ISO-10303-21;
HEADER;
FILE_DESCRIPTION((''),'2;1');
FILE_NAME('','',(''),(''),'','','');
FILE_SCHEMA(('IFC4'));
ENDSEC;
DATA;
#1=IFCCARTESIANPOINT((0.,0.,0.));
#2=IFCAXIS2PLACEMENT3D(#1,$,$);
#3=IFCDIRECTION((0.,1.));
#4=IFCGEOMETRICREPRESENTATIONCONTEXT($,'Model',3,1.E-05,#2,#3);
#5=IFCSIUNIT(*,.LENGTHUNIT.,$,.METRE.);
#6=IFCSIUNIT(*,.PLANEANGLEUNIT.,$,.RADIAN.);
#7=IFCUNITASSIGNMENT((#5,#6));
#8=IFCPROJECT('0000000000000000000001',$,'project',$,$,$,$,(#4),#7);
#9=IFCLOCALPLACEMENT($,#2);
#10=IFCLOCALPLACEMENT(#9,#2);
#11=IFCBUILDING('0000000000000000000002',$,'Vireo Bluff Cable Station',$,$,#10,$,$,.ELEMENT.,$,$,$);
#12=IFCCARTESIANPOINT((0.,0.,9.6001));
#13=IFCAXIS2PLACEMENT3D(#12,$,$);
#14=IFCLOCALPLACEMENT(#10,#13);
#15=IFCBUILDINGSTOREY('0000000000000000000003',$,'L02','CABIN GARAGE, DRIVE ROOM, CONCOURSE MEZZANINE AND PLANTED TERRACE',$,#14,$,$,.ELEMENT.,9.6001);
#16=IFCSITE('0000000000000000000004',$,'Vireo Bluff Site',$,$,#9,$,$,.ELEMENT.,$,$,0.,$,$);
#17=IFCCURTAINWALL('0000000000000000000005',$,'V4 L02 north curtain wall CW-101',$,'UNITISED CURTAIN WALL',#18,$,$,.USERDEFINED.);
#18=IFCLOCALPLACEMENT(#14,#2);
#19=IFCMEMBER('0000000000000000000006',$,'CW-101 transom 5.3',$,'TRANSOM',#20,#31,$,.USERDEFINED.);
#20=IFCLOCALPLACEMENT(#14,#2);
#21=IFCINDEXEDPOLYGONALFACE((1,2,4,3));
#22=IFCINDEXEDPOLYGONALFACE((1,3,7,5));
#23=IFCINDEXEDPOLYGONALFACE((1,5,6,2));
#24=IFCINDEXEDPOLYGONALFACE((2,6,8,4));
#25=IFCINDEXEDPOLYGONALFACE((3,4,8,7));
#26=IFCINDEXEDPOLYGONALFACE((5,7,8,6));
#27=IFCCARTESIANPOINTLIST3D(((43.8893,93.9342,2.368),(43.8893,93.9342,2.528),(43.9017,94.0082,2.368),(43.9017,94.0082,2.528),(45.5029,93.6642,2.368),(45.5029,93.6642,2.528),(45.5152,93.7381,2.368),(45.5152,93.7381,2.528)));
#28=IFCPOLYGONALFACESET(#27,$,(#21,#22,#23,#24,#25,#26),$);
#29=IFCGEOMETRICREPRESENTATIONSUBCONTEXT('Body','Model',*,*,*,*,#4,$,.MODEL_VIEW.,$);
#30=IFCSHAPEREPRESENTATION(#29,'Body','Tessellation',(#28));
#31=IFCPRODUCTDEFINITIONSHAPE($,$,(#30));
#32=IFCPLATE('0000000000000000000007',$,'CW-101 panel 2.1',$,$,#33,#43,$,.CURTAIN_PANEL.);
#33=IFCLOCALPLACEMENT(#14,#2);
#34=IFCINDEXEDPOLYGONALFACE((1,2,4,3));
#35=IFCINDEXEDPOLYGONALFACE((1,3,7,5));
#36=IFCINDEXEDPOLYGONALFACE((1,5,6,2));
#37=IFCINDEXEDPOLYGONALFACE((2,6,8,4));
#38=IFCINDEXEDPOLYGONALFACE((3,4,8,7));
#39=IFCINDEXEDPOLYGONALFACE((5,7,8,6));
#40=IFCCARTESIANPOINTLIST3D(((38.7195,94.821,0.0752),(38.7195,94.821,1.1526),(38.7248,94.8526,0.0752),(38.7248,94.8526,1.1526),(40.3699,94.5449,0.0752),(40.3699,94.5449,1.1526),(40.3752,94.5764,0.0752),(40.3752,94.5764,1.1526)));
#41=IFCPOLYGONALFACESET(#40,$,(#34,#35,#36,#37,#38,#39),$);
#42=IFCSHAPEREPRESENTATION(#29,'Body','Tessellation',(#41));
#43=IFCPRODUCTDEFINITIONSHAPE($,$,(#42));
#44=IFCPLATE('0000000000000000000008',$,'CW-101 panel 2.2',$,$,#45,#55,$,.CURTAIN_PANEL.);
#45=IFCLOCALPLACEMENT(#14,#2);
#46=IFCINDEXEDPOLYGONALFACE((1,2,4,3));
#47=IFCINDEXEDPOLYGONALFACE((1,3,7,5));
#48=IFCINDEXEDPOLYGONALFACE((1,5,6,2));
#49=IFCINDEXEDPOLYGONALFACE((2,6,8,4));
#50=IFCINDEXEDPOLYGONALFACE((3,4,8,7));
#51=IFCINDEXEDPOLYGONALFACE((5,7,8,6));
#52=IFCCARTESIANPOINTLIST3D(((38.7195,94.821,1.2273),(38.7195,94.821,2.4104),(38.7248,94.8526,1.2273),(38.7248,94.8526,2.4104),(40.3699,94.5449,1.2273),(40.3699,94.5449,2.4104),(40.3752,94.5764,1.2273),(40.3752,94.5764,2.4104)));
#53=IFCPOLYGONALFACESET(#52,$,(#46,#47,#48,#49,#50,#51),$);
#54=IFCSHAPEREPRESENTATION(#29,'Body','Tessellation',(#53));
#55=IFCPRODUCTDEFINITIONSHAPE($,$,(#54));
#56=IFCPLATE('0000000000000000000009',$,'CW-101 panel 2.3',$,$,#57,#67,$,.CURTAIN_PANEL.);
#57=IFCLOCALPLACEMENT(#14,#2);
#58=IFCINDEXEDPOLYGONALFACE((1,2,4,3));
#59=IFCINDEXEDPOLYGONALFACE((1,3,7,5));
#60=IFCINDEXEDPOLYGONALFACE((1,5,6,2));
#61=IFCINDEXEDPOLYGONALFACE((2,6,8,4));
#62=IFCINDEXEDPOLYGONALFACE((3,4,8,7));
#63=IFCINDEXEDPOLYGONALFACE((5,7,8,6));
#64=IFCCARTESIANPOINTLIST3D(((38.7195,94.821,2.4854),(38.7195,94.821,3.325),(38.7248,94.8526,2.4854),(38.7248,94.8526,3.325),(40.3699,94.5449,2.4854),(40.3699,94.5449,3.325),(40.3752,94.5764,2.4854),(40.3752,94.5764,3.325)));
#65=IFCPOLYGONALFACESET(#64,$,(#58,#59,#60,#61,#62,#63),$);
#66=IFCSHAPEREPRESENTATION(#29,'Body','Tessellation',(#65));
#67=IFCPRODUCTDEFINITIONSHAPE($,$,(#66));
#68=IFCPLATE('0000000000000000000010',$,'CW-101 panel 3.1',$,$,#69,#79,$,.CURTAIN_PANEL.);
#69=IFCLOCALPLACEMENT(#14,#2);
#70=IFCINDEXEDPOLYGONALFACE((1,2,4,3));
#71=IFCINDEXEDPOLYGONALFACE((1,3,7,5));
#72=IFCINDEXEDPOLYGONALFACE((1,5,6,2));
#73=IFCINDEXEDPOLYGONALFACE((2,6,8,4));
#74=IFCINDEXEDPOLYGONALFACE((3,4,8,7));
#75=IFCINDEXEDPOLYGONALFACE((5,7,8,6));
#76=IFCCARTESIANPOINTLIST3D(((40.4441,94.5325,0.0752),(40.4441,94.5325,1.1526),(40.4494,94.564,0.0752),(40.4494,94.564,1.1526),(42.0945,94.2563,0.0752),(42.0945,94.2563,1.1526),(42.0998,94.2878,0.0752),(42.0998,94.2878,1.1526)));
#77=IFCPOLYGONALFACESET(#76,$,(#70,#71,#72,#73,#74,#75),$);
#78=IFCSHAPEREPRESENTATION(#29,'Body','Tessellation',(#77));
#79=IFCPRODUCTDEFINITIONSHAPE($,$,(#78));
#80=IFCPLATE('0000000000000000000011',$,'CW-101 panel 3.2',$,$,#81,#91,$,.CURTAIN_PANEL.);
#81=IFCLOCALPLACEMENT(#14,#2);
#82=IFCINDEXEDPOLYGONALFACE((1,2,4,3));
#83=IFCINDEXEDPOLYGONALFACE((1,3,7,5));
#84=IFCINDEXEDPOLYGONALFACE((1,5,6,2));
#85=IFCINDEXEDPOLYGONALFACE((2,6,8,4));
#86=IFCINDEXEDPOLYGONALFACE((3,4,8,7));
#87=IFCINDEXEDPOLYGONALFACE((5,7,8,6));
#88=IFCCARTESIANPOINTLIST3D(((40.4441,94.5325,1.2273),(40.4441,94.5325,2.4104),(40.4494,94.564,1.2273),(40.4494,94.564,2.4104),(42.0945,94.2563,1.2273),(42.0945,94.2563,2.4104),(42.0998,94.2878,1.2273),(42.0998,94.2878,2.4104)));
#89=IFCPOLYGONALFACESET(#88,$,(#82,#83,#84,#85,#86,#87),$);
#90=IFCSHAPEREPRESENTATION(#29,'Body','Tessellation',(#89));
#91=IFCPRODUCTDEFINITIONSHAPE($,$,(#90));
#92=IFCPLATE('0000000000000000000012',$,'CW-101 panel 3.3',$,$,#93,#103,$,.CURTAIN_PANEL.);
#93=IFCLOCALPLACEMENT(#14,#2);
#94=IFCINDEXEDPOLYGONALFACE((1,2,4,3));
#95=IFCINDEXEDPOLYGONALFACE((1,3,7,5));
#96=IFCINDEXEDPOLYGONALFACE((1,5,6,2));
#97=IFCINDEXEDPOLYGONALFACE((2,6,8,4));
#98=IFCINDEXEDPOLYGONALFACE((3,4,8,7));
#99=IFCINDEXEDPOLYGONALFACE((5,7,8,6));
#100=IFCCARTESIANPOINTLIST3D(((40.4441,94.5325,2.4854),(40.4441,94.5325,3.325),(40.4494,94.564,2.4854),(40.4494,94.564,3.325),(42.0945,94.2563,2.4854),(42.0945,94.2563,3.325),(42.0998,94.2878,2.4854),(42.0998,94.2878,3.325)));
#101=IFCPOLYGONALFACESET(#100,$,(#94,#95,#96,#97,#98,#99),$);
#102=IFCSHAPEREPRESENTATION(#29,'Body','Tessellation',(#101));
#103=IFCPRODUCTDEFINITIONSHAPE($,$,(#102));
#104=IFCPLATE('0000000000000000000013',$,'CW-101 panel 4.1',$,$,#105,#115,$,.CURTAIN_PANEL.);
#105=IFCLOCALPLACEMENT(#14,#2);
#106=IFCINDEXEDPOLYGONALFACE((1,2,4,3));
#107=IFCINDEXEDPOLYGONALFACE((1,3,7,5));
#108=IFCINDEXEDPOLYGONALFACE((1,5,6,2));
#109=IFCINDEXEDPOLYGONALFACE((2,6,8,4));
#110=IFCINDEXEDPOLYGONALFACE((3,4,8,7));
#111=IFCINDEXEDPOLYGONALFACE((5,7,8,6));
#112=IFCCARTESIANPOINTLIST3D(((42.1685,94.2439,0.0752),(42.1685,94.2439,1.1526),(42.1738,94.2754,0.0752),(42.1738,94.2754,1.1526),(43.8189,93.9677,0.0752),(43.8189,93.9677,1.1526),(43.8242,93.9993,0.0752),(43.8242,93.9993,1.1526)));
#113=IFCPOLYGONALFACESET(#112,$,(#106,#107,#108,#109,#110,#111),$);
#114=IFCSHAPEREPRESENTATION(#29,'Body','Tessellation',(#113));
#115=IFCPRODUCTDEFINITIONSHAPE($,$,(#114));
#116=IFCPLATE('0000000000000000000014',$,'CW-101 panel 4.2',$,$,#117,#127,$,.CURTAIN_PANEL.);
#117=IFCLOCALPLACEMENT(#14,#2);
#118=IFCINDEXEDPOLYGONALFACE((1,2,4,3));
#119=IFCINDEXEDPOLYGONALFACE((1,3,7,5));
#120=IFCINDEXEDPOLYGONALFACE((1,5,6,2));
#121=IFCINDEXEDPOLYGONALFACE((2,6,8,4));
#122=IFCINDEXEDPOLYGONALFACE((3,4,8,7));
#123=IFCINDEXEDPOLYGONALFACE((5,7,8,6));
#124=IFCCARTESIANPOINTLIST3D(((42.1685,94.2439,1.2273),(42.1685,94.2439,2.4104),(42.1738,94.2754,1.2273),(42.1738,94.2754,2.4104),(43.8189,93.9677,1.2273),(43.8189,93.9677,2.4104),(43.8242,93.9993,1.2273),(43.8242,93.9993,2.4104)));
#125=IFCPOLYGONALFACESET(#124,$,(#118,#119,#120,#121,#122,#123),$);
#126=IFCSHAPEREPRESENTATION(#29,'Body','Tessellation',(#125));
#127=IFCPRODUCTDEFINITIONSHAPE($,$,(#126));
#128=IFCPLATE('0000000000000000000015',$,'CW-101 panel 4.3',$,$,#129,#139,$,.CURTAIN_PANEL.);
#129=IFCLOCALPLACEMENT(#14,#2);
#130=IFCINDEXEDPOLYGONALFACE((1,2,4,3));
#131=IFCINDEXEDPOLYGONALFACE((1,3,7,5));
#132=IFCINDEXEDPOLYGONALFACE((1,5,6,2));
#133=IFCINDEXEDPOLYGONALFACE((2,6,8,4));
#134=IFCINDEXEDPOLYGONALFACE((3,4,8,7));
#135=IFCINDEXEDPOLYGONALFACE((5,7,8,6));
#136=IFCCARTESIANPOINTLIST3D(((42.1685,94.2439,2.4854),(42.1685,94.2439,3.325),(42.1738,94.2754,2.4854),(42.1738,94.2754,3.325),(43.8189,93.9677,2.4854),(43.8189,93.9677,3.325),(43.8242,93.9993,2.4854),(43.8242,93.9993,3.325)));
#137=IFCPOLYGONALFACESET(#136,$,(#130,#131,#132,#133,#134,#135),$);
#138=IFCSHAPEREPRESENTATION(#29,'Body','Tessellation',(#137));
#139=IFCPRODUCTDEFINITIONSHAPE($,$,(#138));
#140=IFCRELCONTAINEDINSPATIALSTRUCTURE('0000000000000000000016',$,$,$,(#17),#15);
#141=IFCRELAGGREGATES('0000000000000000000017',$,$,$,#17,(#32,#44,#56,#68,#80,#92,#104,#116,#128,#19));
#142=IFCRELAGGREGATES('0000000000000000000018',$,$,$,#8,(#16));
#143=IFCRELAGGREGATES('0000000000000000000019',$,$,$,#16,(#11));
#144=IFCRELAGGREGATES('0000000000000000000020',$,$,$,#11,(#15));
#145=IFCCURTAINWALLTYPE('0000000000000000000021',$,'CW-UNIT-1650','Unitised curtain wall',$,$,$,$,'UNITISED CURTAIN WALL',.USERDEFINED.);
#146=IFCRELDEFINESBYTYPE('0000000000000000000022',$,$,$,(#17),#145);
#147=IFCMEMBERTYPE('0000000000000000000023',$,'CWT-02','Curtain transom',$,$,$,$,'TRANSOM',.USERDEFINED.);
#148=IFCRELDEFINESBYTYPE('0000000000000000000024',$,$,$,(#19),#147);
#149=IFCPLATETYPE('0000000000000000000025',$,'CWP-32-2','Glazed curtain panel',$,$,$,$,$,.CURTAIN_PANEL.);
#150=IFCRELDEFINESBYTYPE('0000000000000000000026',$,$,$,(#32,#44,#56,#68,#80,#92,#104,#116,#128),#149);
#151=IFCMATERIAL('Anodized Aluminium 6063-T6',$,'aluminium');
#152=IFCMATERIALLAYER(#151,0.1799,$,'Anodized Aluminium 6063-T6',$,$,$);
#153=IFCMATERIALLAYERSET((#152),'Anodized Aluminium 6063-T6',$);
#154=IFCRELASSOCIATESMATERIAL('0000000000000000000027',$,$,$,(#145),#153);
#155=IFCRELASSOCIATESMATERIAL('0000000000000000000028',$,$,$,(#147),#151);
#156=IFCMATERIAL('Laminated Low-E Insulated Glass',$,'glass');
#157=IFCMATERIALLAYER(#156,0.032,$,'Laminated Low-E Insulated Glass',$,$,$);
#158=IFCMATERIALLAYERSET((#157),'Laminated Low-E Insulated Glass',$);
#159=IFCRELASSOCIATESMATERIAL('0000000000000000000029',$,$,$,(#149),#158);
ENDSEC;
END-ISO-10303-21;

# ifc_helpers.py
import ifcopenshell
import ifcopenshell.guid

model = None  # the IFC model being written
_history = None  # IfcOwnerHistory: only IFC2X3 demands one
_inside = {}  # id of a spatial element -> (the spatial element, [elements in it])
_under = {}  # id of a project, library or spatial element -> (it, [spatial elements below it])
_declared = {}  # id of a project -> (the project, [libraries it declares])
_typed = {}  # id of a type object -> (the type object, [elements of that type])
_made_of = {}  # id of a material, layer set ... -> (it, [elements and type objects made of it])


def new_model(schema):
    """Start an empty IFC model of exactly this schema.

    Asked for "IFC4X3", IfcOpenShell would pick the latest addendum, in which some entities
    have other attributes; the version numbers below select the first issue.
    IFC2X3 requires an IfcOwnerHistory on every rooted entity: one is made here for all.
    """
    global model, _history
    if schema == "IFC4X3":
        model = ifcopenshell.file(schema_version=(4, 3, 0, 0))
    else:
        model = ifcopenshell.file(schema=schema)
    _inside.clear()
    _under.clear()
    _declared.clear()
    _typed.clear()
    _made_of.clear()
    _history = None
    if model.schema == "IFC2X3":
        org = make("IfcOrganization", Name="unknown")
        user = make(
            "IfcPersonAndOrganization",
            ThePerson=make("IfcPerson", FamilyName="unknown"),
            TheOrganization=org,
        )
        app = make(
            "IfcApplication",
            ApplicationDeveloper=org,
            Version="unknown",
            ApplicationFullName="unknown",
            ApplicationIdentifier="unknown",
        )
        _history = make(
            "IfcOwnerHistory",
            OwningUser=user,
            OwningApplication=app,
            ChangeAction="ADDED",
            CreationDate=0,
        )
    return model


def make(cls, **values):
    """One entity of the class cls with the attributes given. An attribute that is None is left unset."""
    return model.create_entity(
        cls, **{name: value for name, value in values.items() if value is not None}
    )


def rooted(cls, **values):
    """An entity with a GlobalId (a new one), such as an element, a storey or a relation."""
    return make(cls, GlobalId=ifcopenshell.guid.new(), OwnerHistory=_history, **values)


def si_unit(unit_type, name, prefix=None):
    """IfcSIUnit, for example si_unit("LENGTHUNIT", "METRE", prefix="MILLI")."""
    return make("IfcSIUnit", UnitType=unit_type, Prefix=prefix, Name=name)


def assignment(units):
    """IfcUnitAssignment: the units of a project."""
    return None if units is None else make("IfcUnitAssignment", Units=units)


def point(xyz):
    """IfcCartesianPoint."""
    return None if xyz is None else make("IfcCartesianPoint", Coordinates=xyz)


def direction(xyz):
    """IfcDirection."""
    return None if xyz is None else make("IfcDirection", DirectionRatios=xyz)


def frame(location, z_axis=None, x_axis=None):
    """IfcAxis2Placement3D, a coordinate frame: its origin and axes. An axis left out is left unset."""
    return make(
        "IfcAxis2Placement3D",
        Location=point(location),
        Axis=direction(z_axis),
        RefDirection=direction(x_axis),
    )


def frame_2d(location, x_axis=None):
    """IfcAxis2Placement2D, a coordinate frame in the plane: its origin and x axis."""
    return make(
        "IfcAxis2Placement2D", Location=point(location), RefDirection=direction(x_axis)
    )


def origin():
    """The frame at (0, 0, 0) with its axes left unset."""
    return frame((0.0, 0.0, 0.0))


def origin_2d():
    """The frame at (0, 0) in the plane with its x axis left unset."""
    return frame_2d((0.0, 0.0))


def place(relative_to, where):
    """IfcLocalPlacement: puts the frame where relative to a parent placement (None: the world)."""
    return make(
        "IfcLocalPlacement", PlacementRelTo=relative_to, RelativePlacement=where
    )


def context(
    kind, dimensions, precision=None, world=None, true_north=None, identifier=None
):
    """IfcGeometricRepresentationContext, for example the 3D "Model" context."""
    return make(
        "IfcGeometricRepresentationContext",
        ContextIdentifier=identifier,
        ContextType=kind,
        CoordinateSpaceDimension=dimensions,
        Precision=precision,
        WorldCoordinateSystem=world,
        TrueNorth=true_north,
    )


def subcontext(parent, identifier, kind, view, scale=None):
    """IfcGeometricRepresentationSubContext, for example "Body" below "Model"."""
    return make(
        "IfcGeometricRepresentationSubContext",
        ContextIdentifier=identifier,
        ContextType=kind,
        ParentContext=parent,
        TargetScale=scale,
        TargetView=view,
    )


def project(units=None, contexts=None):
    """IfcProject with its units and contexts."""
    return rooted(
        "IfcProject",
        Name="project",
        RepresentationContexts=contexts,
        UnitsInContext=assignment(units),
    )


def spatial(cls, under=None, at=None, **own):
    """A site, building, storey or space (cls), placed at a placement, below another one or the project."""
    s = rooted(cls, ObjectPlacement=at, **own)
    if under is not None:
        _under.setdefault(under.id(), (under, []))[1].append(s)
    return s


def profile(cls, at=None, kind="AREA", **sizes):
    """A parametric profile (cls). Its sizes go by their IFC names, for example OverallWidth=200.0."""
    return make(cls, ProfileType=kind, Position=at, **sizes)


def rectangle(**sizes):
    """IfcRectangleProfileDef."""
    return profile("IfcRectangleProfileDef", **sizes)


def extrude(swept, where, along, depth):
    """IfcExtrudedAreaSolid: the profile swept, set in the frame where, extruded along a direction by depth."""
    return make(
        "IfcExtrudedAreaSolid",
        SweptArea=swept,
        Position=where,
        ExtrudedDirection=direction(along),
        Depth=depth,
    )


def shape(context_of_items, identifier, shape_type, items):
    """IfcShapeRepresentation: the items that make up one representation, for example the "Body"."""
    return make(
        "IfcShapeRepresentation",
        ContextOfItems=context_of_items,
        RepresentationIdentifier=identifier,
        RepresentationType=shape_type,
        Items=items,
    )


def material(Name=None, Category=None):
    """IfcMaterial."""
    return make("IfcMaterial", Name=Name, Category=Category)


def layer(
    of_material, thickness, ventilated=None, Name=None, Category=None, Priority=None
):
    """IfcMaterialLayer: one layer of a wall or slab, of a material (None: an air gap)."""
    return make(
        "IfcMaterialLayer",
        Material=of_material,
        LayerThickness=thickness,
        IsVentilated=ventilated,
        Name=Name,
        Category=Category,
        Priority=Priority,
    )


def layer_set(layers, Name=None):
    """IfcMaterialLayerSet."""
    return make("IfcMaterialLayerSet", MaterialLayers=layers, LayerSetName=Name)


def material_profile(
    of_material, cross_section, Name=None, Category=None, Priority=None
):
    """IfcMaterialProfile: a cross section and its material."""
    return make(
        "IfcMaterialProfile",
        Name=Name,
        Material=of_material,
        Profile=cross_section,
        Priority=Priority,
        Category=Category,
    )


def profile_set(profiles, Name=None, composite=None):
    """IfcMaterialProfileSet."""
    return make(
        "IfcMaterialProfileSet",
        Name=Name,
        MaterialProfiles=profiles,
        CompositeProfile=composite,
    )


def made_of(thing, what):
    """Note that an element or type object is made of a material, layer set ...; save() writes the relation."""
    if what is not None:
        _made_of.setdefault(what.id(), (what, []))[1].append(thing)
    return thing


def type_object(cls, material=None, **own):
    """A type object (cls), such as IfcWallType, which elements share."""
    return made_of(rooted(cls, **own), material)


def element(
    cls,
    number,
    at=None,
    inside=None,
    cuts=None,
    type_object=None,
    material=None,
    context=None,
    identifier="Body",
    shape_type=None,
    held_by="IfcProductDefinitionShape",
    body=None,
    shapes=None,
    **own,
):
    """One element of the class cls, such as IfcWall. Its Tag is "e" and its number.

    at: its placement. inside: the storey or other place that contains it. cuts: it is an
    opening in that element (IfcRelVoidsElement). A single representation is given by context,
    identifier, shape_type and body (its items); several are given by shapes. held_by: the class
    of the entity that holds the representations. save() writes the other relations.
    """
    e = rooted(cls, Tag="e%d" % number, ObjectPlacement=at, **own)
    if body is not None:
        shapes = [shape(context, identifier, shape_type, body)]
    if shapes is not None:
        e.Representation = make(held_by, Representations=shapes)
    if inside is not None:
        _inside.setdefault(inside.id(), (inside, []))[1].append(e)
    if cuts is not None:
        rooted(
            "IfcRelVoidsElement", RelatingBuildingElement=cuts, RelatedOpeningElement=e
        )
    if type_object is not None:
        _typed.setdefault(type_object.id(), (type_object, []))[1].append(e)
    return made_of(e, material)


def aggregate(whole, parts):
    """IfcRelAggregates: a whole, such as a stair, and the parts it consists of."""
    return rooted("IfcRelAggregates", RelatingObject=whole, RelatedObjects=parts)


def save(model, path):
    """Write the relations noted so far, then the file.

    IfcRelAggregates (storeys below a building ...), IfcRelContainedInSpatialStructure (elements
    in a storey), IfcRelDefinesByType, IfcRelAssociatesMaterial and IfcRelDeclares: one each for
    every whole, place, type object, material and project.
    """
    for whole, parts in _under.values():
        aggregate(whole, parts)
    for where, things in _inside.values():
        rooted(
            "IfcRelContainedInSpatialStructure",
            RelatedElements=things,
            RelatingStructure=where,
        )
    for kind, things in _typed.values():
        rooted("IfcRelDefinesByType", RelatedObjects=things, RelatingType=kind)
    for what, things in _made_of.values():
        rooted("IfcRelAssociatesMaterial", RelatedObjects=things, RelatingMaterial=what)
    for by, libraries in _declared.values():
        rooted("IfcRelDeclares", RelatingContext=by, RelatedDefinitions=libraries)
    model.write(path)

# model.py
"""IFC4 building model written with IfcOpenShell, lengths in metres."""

from ifc_helpers import new_model, si_unit, direction, frame, origin, origin_2d, place, context, subcontext, project, spatial, rectangle, extrude, material, layer, layer_set, material_profile, profile_set, type_object, element, aggregate, save


model = new_model("IFC4")

# Units and contexts
model_context = context("Model", 3, precision=1e-05, world=origin(), true_north=direction((0.0, 1.0)))
body_context = subcontext(model_context, "Body", "Model", "MODEL_VIEW")
ifc_project = project(units=[si_unit("LENGTHUNIT", "METRE"), si_unit("PLANEANGLEUNIT", "RADIAN")], contexts=[model_context])

# Site, building, storey
site_placement = place(None, origin())
site = spatial("IfcSite", under=ifc_project, at=site_placement, Name="Vireo Bluff Site", CompositionType="ELEMENT", RefElevation=0.0)
building_placement = place(site_placement, origin())
building = spatial("IfcBuilding", under=site, at=building_placement, Name="Vireo Bluff Cable Station", CompositionType="ELEMENT")
storey_placement = place(building_placement, frame((0.0, 0.0, 9.6001)))
storey = spatial("IfcBuildingStorey", under=building, at=storey_placement, Name="L02", Description="CABIN GARAGE, DRIVE ROOM, CONCOURSE MEZZANINE AND PLANTED TERRACE", CompositionType="ELEMENT", Elevation=9.6001)

# Curtain wall, member, plates
ifc_material_1 = material(Name="Anodized Aluminium 6063-T6", Category="aluminium")
ifc_layer_1 = layer(ifc_material_1, 0.1799, Name="Anodized Aluminium 6063-T6")
ifc_layer_set_1 = layer_set([ifc_layer_1], Name="Anodized Aluminium 6063-T6")
curtain_wall_type = type_object("IfcCurtainWallType", Name="CW-UNIT-1650", Description="Unitised curtain wall", ElementType="UNITISED CURTAIN WALL", PredefinedType="USERDEFINED", material=ifc_layer_set_1)
curtain_wall_placement = place(storey_placement, origin())
curtain_wall = element("IfcCurtainWall", 1, at=curtain_wall_placement, inside=storey, type_object=curtain_wall_type, Name="V4 L02 north curtain wall CW-101", ObjectType="UNITISED CURTAIN WALL", PredefinedType="USERDEFINED")
ifc_material_profile_1 = material_profile(ifc_material_1, rectangle(XDim=0.075, YDim=0.1599, at=origin_2d()), Name="ALU-T-75X160")
ifc_profile_set_1 = profile_set([ifc_material_profile_1], Name="Anodized Aluminium 6063-T6")
member_type_1 = type_object("IfcMemberType", Name="CWT-02", Description="Curtain transom", ElementType="TRANSOM", PredefinedType="USERDEFINED", material=ifc_profile_set_1)
member_1_placement = place(storey_placement, frame((43.8955, 93.9712, 2.448), z_axis=(0.986285, -0.165052, 0.0), x_axis=(0.165052, 0.986285, 0.0)))
member_1 = element("IfcMember", 2, at=member_1_placement, type_object=member_type_1, Name="CW-101 transom 5.3", ObjectType="TRANSOM", PredefinedType="USERDEFINED", context=body_context, shape_type="SweptSolid", body=[
    extrude(rectangle(XDim=0.075, YDim=0.1599, at=origin_2d()), origin(), (0.0, 0.0, 1.0), 1.636),
])
ifc_material_2 = material(Name="Laminated Low-E Insulated Glass", Category="glass")
ifc_layer_2 = layer(ifc_material_2, 0.032, Name="Laminated Low-E Insulated Glass")
ifc_layer_set_2 = layer_set([ifc_layer_2], Name="Laminated Low-E Insulated Glass")
plate_type = type_object("IfcPlateType", Name="CWP-32-2", Description="Glazed curtain panel", PredefinedType="CURTAIN_PANEL", material=ifc_layer_set_2)
plate_1_placement = place(storey_placement, frame((39.5474, 94.6987, 0.0752), z_axis=(0.0, 0.0, 1.0), x_axis=(0.986286, -0.165048, 0.0)))
plate_1 = element("IfcPlate", 3, at=plate_1_placement, type_object=plate_type, Name="CW-101 panel 2.1", PredefinedType="CURTAIN_PANEL", context=body_context, shape_type="SweptSolid", body=[
    extrude(rectangle(XDim=1.6733, YDim=0.032, at=origin_2d()), origin(), (0.0, 0.0, 1.0), 1.0774),
])
plate_2_placement = place(storey_placement, frame((39.5474, 94.6987, 1.2273), z_axis=(0.0, 0.0, 1.0), x_axis=(0.986286, -0.165048, 0.0)))
plate_2 = element("IfcPlate", 4, at=plate_2_placement, type_object=plate_type, Name="CW-101 panel 2.2", PredefinedType="CURTAIN_PANEL", context=body_context, shape_type="SweptSolid", body=[
    extrude(rectangle(XDim=1.6733, YDim=0.032, at=origin_2d()), origin(), (0.0, 0.0, 1.0), 1.1831),
])
plate_3_placement = place(storey_placement, frame((39.5474, 94.6987, 2.4854), z_axis=(0.0, 0.0, 1.0), x_axis=(0.986286, -0.165048, 0.0)))
plate_3 = element("IfcPlate", 5, at=plate_3_placement, type_object=plate_type, Name="CW-101 panel 2.3", PredefinedType="CURTAIN_PANEL", context=body_context, shape_type="SweptSolid", body=[
    extrude(rectangle(XDim=1.6733, YDim=0.032, at=origin_2d()), origin(), (0.0, 0.0, 1.0), 0.8396),
])
plate_4_placement = place(storey_placement, frame((41.272, 94.4102, 0.0752), z_axis=(0.0, 0.0, 1.0), x_axis=(0.986286, -0.165048, 0.0)))
plate_4 = element("IfcPlate", 6, at=plate_4_placement, type_object=plate_type, Name="CW-101 panel 3.1", PredefinedType="CURTAIN_PANEL", context=body_context, shape_type="SweptSolid", body=[
    extrude(rectangle(XDim=1.6733, YDim=0.032, at=origin_2d()), origin(), (0.0, 0.0, 1.0), 1.0774),
])
plate_5_placement = place(storey_placement, frame((41.272, 94.4102, 1.2273), z_axis=(0.0, 0.0, 1.0), x_axis=(0.986286, -0.165048, 0.0)))
plate_5 = element("IfcPlate", 7, at=plate_5_placement, type_object=plate_type, Name="CW-101 panel 3.2", PredefinedType="CURTAIN_PANEL", context=body_context, shape_type="SweptSolid", body=[
    extrude(rectangle(XDim=1.6733, YDim=0.032, at=origin_2d()), origin(), (0.0, 0.0, 1.0), 1.1831),
])
plate_6_placement = place(storey_placement, frame((41.272, 94.4102, 2.4854), z_axis=(0.0, 0.0, 1.0), x_axis=(0.986286, -0.165048, 0.0)))
plate_6 = element("IfcPlate", 8, at=plate_6_placement, type_object=plate_type, Name="CW-101 panel 3.3", PredefinedType="CURTAIN_PANEL", context=body_context, shape_type="SweptSolid", body=[
    extrude(rectangle(XDim=1.6733, YDim=0.032, at=origin_2d()), origin(), (0.0, 0.0, 1.0), 0.8396),
])
plate_7_placement = place(storey_placement, frame((42.9963, 94.1216, 0.0752), z_axis=(0.0, 0.0, 1.0), x_axis=(0.986286, -0.165048, 0.0)))
plate_7 = element("IfcPlate", 9, at=plate_7_placement, type_object=plate_type, Name="CW-101 panel 4.1", PredefinedType="CURTAIN_PANEL", context=body_context, shape_type="SweptSolid", body=[
    extrude(rectangle(XDim=1.6733, YDim=0.032, at=origin_2d()), origin(), (0.0, 0.0, 1.0), 1.0774),
])
plate_8_placement = place(storey_placement, frame((42.9963, 94.1216, 1.2273), z_axis=(0.0, 0.0, 1.0), x_axis=(0.986286, -0.165048, 0.0)))
plate_8 = element("IfcPlate", 10, at=plate_8_placement, type_object=plate_type, Name="CW-101 panel 4.2", PredefinedType="CURTAIN_PANEL", context=body_context, shape_type="SweptSolid", body=[
    extrude(rectangle(XDim=1.6733, YDim=0.032, at=origin_2d()), origin(), (0.0, 0.0, 1.0), 1.1831),
])
plate_9_placement = place(storey_placement, frame((42.9963, 94.1216, 2.4854), z_axis=(0.0, 0.0, 1.0), x_axis=(0.986286, -0.165048, 0.0)))
plate_9 = element("IfcPlate", 11, at=plate_9_placement, type_object=plate_type, Name="CW-101 panel 4.3", PredefinedType="CURTAIN_PANEL", context=body_context, shape_type="SweptSolid", body=[
    extrude(rectangle(XDim=1.6733, YDim=0.032, at=origin_2d()), origin(), (0.0, 0.0, 1.0), 0.8396),
])
aggregate(curtain_wall, [plate_1, plate_2, plate_3, plate_4, plate_5, plate_6, plate_7, plate_8, plate_9, member_1])

save(model, "model.ifc")
